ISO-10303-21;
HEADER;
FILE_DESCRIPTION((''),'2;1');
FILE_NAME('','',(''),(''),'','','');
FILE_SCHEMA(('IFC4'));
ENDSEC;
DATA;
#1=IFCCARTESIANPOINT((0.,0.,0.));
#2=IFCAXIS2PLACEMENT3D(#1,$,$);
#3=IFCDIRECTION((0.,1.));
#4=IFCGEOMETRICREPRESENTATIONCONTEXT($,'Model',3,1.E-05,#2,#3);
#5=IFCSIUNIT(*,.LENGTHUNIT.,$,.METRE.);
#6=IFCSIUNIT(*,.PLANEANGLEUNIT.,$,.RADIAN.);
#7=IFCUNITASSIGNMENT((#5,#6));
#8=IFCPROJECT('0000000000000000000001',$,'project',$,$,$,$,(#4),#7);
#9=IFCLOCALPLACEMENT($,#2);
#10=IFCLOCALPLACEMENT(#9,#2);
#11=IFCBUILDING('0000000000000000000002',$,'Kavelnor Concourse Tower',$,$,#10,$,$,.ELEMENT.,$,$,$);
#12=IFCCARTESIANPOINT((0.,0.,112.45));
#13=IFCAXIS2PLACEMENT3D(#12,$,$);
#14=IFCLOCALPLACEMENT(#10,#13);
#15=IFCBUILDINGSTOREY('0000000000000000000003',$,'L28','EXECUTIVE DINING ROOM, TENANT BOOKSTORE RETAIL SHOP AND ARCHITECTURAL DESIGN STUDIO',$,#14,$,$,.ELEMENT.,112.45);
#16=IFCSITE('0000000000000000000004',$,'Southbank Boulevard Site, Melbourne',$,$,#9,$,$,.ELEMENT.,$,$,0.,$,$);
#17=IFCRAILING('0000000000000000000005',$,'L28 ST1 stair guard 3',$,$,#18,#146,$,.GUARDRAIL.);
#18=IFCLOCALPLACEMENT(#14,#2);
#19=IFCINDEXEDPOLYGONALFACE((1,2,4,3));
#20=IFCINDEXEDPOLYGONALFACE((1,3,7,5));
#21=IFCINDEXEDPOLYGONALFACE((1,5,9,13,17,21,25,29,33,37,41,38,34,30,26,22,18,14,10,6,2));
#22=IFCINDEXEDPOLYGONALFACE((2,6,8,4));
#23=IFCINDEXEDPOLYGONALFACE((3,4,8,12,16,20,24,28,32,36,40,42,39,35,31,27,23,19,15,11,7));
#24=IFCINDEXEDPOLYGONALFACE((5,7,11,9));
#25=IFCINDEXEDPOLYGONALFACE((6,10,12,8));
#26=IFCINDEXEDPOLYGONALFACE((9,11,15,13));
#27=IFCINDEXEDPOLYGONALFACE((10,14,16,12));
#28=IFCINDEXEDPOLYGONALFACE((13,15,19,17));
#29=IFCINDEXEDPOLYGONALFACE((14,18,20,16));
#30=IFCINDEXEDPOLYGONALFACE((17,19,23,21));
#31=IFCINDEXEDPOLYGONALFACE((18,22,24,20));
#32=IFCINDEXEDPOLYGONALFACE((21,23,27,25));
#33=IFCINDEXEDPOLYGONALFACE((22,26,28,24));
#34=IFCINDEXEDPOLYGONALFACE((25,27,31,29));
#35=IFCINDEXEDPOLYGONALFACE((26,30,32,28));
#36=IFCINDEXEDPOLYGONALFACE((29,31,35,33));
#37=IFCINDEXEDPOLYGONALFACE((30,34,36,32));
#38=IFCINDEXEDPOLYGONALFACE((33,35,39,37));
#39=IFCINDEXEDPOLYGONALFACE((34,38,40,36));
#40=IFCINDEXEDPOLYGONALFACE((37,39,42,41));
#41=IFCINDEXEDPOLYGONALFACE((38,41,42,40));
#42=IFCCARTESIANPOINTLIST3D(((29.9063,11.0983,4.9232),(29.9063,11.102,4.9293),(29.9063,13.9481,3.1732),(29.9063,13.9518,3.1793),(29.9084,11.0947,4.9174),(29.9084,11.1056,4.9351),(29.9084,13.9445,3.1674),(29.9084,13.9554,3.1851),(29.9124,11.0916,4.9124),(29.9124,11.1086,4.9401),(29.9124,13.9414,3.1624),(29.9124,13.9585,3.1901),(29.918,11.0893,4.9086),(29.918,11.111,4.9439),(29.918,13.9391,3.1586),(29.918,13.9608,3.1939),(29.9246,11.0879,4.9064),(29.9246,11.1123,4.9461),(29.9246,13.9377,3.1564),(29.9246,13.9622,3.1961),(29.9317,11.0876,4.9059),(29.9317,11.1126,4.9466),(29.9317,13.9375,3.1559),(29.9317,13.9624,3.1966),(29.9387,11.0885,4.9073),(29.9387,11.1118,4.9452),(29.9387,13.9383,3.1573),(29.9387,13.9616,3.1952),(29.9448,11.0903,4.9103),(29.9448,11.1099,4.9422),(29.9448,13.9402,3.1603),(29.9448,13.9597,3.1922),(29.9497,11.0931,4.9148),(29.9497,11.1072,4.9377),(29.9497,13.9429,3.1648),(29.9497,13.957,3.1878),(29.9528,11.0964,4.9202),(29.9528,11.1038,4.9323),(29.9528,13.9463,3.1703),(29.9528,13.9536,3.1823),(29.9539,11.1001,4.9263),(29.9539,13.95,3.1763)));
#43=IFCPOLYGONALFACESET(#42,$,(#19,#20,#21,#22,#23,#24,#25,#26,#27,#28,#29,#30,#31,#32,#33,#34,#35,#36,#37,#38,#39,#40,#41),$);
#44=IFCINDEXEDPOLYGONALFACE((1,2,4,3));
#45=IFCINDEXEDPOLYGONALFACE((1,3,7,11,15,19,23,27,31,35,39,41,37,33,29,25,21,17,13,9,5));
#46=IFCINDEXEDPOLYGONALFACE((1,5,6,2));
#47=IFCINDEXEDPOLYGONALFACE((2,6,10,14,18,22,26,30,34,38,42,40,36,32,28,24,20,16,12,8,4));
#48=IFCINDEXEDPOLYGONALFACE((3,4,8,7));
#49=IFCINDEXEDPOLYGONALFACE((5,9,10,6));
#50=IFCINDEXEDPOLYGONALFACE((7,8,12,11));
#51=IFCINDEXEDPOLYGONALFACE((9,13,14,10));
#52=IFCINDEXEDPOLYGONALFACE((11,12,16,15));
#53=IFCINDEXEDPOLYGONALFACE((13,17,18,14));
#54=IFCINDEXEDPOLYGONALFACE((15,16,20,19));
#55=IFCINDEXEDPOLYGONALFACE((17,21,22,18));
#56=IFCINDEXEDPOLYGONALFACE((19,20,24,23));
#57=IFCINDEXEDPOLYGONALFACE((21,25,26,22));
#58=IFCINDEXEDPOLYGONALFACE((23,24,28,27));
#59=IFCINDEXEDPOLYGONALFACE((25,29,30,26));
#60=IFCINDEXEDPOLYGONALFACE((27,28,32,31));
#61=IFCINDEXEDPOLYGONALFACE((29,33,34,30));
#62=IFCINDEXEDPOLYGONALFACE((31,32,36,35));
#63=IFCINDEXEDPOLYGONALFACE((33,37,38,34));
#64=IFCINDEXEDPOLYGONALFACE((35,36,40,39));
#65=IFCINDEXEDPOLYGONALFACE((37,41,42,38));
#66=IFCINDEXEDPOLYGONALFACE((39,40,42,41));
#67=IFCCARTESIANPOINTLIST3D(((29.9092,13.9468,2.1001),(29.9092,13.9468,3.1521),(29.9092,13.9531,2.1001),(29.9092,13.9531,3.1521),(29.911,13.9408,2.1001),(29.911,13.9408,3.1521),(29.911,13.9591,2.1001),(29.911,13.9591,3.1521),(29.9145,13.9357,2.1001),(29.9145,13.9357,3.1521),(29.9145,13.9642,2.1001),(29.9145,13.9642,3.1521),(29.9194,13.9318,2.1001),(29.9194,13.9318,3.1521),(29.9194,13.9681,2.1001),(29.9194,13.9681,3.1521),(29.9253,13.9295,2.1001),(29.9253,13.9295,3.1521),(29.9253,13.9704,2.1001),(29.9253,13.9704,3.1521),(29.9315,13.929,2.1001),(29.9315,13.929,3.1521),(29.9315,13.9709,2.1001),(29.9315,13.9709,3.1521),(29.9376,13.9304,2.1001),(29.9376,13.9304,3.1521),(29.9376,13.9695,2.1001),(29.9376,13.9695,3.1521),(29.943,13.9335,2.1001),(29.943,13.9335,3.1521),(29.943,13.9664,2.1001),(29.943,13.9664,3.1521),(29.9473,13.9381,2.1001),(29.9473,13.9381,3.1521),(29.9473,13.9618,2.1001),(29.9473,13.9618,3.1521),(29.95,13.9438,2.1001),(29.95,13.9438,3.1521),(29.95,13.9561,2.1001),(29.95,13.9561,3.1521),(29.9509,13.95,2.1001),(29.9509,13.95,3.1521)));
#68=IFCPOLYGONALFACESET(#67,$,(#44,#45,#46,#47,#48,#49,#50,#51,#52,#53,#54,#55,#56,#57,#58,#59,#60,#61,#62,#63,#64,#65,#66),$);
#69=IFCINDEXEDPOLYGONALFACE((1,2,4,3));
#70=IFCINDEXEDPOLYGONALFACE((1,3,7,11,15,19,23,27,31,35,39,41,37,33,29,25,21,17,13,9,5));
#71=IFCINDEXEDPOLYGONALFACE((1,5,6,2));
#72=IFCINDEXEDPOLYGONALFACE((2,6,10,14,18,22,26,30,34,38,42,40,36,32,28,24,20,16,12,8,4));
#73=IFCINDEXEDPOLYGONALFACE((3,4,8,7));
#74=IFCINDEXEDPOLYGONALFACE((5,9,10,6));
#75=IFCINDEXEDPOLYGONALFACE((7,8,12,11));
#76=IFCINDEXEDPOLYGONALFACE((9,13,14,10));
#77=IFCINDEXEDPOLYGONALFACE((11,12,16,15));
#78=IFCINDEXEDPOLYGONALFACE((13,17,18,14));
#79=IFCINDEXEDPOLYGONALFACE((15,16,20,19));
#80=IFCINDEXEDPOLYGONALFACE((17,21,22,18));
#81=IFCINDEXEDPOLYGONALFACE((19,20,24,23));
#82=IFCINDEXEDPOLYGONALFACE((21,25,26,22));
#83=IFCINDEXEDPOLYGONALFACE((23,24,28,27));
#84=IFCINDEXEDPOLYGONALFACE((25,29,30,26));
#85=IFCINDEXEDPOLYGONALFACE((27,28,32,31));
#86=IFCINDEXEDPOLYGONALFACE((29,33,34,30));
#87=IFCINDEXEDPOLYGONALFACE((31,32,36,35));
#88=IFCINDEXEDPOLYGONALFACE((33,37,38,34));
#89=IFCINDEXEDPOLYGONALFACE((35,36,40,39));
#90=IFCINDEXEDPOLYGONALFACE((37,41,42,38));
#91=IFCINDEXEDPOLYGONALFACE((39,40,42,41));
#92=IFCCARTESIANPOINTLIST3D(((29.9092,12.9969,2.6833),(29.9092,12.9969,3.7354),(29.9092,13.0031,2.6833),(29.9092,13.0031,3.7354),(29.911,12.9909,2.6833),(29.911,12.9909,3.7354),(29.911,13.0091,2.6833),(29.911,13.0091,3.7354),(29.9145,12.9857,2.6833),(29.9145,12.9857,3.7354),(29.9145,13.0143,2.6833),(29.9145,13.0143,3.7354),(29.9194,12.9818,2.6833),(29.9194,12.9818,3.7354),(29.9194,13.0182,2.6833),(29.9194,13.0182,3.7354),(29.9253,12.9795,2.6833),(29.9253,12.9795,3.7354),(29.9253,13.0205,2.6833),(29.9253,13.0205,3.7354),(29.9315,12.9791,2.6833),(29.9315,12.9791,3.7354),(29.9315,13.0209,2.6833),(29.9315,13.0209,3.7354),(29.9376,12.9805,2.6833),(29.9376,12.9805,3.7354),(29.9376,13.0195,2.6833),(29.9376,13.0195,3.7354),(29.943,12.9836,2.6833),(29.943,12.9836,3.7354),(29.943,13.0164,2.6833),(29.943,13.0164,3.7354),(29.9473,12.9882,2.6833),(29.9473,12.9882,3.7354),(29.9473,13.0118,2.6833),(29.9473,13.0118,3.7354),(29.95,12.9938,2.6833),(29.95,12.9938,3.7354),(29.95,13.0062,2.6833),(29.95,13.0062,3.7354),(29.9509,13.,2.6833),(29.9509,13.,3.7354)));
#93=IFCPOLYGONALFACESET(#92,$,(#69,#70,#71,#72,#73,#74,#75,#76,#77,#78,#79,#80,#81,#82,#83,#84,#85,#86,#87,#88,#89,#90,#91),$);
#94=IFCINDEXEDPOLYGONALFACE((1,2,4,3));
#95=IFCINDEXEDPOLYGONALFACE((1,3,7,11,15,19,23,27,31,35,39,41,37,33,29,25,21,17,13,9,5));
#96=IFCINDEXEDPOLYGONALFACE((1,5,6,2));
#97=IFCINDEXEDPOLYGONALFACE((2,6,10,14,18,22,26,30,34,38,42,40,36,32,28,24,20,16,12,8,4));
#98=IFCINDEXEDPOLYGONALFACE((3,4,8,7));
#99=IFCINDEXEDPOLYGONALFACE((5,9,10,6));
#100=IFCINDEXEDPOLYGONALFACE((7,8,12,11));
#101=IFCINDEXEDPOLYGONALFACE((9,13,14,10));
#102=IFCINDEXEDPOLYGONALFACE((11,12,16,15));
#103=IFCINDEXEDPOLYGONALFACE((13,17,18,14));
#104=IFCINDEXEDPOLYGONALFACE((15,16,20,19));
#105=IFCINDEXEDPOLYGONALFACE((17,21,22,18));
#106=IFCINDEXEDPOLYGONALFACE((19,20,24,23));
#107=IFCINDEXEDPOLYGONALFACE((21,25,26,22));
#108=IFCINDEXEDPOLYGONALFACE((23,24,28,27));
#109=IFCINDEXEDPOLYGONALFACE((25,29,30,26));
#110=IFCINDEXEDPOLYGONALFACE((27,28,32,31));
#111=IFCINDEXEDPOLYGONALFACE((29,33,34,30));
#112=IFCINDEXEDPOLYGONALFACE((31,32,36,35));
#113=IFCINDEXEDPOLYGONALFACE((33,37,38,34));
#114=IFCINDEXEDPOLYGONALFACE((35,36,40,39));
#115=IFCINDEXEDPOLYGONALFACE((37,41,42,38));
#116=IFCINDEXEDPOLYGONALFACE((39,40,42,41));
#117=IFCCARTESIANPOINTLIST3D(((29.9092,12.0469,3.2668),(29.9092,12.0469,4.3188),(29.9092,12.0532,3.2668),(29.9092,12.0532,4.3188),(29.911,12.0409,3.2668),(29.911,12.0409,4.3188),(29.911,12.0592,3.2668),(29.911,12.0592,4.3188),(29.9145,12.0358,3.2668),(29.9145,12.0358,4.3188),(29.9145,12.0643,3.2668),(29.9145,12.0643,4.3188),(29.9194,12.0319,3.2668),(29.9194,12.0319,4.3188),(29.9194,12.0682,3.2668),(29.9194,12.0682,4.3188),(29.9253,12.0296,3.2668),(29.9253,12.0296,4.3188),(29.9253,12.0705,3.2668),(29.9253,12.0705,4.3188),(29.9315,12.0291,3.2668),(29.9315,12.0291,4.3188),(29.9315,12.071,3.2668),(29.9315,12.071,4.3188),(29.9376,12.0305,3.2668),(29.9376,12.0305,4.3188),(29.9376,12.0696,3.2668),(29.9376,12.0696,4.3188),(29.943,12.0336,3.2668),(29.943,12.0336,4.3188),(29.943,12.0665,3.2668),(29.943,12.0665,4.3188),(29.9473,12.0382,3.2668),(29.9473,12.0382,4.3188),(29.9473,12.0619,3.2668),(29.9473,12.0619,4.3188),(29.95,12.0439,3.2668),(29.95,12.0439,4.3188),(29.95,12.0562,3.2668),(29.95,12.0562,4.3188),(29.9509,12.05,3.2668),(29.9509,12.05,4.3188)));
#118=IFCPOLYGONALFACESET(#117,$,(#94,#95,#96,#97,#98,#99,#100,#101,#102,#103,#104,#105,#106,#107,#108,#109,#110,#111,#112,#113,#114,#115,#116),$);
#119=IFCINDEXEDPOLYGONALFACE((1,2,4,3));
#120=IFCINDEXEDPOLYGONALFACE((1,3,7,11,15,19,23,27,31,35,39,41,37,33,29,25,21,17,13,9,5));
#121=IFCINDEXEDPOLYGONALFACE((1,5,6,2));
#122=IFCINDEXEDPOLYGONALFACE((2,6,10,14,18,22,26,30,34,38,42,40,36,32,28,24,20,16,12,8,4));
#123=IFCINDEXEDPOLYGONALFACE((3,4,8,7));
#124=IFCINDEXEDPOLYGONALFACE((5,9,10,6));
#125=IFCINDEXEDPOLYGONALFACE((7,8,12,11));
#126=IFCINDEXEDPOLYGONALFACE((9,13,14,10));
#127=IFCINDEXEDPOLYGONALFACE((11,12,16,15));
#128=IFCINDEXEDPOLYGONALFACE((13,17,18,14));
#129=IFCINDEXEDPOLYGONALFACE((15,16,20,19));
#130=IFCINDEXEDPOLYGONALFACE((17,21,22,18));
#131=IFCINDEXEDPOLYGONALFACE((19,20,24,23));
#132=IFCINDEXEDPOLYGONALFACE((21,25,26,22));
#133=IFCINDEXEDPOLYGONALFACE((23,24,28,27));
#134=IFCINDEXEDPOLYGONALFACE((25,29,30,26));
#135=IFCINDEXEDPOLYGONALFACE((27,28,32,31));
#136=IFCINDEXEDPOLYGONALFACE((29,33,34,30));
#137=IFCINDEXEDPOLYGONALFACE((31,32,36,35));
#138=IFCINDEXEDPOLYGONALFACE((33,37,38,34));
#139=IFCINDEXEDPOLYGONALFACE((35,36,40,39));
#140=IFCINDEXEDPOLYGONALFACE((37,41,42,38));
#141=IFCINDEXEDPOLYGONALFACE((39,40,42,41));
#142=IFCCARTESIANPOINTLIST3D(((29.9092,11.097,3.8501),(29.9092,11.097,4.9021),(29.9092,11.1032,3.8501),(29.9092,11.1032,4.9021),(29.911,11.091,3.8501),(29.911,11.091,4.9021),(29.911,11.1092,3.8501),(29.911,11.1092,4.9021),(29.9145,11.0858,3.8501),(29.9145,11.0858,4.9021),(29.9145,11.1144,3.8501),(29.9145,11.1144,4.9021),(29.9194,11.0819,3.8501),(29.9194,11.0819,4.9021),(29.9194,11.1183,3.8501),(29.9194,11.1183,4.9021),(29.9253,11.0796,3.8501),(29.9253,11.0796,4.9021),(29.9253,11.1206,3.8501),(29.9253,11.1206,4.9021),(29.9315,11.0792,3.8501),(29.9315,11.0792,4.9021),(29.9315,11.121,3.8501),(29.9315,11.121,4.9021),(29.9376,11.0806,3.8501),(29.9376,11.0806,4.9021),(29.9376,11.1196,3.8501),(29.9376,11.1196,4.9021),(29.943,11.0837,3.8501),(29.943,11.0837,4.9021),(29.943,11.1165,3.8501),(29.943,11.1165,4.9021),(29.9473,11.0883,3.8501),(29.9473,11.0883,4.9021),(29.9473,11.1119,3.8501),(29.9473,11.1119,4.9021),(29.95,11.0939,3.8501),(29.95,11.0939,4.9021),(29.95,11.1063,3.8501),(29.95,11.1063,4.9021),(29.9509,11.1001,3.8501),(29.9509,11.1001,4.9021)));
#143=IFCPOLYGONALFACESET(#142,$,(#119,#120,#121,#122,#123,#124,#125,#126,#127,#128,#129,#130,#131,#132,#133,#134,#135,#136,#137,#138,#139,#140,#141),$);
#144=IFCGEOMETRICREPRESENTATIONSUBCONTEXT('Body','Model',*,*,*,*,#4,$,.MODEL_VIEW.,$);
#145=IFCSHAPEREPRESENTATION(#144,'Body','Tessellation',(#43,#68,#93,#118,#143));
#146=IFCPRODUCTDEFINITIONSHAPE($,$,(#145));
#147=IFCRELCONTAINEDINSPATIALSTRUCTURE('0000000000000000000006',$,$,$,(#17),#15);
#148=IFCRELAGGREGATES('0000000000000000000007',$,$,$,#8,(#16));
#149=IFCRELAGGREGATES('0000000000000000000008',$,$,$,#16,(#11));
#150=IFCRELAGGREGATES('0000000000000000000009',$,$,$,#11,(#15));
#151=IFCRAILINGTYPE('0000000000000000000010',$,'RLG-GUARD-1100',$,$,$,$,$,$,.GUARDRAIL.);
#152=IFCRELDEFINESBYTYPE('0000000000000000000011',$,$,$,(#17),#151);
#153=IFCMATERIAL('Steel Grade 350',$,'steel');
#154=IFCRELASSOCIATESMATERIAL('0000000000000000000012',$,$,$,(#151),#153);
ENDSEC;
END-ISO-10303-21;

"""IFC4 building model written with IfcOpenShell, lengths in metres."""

from ifc_helpers import new_model, si_unit, direction, frame, origin, origin_2d, place, context, subcontext, project, spatial, circle, extrude, material, type_object, element, save


model = new_model("IFC4")

# Units and contexts
model_context = context("Model", 3, precision=1e-05, world=origin(), true_north=direction((0.0, 1.0)))
body_context = subcontext(model_context, "Body", "Model", "MODEL_VIEW")
ifc_project = project(units=[si_unit("LENGTHUNIT", "METRE"), si_unit("PLANEANGLEUNIT", "RADIAN")], contexts=[model_context])

# Site, building, storey
site_placement = place(None, origin())
site = spatial("IfcSite", under=ifc_project, at=site_placement, Name="Southbank Boulevard Site, Melbourne", CompositionType="ELEMENT", RefElevation=0.0)
building_placement = place(site_placement, origin())
building = spatial("IfcBuilding", under=site, at=building_placement, Name="Kavelnor Concourse Tower", CompositionType="ELEMENT")
storey_placement = place(building_placement, frame((0.0, 0.0, 112.45)))
storey = spatial("IfcBuildingStorey", under=building, at=storey_placement, Name="L28", Description="EXECUTIVE DINING ROOM, TENANT BOOKSTORE RETAIL SHOP AND ARCHITECTURAL DESIGN STUDIO", CompositionType="ELEMENT", Elevation=112.45)

# Shared definitions
ifc_material_1 = material(Name="Steel Grade 350", Category="steel")

# Railing
railing_type_1 = type_object("IfcRailingType", Name="RLG-GUARD-1100", PredefinedType="GUARDRAIL", material=ifc_material_1)
railing_1_placement = place(storey_placement, frame((29.9299, 13.95, 2.1001)))
element("IfcRailing", 1, at=railing_1_placement, inside=storey, type_object=railing_type_1, Name="L28 ST1 stair guard 3", PredefinedType="GUARDRAIL", context=body_context, shape_type="SweptSolid", body=[
    extrude(circle(Radius=0.0239, at=origin_2d()), frame((0.0, 0.0, 1.0762), z_axis=(0.0, -0.852159, 0.523283), x_axis=(1.0, 0.0, 0.0)), (0.0, 0.0, 1.0), 3.3442),
    extrude(circle(Radius=0.021, at=origin_2d()), origin(), (0.0, 0.0, 1.0), 1.052),
    extrude(circle(Radius=0.021, at=origin_2d()), frame((0.0, -0.95, 0.5833)), (0.0, 0.0, 1.0), 1.052),
    extrude(circle(Radius=0.021, at=origin_2d()), frame((0.0, -1.8999, 1.1667)), (0.0, 0.0, 1.0), 1.052),
    extrude(circle(Radius=0.021, at=origin_2d()), frame((0.0, -2.8499, 1.75)), (0.0, 0.0, 1.0), 1.052),
])

save(model, "model.ifc")
